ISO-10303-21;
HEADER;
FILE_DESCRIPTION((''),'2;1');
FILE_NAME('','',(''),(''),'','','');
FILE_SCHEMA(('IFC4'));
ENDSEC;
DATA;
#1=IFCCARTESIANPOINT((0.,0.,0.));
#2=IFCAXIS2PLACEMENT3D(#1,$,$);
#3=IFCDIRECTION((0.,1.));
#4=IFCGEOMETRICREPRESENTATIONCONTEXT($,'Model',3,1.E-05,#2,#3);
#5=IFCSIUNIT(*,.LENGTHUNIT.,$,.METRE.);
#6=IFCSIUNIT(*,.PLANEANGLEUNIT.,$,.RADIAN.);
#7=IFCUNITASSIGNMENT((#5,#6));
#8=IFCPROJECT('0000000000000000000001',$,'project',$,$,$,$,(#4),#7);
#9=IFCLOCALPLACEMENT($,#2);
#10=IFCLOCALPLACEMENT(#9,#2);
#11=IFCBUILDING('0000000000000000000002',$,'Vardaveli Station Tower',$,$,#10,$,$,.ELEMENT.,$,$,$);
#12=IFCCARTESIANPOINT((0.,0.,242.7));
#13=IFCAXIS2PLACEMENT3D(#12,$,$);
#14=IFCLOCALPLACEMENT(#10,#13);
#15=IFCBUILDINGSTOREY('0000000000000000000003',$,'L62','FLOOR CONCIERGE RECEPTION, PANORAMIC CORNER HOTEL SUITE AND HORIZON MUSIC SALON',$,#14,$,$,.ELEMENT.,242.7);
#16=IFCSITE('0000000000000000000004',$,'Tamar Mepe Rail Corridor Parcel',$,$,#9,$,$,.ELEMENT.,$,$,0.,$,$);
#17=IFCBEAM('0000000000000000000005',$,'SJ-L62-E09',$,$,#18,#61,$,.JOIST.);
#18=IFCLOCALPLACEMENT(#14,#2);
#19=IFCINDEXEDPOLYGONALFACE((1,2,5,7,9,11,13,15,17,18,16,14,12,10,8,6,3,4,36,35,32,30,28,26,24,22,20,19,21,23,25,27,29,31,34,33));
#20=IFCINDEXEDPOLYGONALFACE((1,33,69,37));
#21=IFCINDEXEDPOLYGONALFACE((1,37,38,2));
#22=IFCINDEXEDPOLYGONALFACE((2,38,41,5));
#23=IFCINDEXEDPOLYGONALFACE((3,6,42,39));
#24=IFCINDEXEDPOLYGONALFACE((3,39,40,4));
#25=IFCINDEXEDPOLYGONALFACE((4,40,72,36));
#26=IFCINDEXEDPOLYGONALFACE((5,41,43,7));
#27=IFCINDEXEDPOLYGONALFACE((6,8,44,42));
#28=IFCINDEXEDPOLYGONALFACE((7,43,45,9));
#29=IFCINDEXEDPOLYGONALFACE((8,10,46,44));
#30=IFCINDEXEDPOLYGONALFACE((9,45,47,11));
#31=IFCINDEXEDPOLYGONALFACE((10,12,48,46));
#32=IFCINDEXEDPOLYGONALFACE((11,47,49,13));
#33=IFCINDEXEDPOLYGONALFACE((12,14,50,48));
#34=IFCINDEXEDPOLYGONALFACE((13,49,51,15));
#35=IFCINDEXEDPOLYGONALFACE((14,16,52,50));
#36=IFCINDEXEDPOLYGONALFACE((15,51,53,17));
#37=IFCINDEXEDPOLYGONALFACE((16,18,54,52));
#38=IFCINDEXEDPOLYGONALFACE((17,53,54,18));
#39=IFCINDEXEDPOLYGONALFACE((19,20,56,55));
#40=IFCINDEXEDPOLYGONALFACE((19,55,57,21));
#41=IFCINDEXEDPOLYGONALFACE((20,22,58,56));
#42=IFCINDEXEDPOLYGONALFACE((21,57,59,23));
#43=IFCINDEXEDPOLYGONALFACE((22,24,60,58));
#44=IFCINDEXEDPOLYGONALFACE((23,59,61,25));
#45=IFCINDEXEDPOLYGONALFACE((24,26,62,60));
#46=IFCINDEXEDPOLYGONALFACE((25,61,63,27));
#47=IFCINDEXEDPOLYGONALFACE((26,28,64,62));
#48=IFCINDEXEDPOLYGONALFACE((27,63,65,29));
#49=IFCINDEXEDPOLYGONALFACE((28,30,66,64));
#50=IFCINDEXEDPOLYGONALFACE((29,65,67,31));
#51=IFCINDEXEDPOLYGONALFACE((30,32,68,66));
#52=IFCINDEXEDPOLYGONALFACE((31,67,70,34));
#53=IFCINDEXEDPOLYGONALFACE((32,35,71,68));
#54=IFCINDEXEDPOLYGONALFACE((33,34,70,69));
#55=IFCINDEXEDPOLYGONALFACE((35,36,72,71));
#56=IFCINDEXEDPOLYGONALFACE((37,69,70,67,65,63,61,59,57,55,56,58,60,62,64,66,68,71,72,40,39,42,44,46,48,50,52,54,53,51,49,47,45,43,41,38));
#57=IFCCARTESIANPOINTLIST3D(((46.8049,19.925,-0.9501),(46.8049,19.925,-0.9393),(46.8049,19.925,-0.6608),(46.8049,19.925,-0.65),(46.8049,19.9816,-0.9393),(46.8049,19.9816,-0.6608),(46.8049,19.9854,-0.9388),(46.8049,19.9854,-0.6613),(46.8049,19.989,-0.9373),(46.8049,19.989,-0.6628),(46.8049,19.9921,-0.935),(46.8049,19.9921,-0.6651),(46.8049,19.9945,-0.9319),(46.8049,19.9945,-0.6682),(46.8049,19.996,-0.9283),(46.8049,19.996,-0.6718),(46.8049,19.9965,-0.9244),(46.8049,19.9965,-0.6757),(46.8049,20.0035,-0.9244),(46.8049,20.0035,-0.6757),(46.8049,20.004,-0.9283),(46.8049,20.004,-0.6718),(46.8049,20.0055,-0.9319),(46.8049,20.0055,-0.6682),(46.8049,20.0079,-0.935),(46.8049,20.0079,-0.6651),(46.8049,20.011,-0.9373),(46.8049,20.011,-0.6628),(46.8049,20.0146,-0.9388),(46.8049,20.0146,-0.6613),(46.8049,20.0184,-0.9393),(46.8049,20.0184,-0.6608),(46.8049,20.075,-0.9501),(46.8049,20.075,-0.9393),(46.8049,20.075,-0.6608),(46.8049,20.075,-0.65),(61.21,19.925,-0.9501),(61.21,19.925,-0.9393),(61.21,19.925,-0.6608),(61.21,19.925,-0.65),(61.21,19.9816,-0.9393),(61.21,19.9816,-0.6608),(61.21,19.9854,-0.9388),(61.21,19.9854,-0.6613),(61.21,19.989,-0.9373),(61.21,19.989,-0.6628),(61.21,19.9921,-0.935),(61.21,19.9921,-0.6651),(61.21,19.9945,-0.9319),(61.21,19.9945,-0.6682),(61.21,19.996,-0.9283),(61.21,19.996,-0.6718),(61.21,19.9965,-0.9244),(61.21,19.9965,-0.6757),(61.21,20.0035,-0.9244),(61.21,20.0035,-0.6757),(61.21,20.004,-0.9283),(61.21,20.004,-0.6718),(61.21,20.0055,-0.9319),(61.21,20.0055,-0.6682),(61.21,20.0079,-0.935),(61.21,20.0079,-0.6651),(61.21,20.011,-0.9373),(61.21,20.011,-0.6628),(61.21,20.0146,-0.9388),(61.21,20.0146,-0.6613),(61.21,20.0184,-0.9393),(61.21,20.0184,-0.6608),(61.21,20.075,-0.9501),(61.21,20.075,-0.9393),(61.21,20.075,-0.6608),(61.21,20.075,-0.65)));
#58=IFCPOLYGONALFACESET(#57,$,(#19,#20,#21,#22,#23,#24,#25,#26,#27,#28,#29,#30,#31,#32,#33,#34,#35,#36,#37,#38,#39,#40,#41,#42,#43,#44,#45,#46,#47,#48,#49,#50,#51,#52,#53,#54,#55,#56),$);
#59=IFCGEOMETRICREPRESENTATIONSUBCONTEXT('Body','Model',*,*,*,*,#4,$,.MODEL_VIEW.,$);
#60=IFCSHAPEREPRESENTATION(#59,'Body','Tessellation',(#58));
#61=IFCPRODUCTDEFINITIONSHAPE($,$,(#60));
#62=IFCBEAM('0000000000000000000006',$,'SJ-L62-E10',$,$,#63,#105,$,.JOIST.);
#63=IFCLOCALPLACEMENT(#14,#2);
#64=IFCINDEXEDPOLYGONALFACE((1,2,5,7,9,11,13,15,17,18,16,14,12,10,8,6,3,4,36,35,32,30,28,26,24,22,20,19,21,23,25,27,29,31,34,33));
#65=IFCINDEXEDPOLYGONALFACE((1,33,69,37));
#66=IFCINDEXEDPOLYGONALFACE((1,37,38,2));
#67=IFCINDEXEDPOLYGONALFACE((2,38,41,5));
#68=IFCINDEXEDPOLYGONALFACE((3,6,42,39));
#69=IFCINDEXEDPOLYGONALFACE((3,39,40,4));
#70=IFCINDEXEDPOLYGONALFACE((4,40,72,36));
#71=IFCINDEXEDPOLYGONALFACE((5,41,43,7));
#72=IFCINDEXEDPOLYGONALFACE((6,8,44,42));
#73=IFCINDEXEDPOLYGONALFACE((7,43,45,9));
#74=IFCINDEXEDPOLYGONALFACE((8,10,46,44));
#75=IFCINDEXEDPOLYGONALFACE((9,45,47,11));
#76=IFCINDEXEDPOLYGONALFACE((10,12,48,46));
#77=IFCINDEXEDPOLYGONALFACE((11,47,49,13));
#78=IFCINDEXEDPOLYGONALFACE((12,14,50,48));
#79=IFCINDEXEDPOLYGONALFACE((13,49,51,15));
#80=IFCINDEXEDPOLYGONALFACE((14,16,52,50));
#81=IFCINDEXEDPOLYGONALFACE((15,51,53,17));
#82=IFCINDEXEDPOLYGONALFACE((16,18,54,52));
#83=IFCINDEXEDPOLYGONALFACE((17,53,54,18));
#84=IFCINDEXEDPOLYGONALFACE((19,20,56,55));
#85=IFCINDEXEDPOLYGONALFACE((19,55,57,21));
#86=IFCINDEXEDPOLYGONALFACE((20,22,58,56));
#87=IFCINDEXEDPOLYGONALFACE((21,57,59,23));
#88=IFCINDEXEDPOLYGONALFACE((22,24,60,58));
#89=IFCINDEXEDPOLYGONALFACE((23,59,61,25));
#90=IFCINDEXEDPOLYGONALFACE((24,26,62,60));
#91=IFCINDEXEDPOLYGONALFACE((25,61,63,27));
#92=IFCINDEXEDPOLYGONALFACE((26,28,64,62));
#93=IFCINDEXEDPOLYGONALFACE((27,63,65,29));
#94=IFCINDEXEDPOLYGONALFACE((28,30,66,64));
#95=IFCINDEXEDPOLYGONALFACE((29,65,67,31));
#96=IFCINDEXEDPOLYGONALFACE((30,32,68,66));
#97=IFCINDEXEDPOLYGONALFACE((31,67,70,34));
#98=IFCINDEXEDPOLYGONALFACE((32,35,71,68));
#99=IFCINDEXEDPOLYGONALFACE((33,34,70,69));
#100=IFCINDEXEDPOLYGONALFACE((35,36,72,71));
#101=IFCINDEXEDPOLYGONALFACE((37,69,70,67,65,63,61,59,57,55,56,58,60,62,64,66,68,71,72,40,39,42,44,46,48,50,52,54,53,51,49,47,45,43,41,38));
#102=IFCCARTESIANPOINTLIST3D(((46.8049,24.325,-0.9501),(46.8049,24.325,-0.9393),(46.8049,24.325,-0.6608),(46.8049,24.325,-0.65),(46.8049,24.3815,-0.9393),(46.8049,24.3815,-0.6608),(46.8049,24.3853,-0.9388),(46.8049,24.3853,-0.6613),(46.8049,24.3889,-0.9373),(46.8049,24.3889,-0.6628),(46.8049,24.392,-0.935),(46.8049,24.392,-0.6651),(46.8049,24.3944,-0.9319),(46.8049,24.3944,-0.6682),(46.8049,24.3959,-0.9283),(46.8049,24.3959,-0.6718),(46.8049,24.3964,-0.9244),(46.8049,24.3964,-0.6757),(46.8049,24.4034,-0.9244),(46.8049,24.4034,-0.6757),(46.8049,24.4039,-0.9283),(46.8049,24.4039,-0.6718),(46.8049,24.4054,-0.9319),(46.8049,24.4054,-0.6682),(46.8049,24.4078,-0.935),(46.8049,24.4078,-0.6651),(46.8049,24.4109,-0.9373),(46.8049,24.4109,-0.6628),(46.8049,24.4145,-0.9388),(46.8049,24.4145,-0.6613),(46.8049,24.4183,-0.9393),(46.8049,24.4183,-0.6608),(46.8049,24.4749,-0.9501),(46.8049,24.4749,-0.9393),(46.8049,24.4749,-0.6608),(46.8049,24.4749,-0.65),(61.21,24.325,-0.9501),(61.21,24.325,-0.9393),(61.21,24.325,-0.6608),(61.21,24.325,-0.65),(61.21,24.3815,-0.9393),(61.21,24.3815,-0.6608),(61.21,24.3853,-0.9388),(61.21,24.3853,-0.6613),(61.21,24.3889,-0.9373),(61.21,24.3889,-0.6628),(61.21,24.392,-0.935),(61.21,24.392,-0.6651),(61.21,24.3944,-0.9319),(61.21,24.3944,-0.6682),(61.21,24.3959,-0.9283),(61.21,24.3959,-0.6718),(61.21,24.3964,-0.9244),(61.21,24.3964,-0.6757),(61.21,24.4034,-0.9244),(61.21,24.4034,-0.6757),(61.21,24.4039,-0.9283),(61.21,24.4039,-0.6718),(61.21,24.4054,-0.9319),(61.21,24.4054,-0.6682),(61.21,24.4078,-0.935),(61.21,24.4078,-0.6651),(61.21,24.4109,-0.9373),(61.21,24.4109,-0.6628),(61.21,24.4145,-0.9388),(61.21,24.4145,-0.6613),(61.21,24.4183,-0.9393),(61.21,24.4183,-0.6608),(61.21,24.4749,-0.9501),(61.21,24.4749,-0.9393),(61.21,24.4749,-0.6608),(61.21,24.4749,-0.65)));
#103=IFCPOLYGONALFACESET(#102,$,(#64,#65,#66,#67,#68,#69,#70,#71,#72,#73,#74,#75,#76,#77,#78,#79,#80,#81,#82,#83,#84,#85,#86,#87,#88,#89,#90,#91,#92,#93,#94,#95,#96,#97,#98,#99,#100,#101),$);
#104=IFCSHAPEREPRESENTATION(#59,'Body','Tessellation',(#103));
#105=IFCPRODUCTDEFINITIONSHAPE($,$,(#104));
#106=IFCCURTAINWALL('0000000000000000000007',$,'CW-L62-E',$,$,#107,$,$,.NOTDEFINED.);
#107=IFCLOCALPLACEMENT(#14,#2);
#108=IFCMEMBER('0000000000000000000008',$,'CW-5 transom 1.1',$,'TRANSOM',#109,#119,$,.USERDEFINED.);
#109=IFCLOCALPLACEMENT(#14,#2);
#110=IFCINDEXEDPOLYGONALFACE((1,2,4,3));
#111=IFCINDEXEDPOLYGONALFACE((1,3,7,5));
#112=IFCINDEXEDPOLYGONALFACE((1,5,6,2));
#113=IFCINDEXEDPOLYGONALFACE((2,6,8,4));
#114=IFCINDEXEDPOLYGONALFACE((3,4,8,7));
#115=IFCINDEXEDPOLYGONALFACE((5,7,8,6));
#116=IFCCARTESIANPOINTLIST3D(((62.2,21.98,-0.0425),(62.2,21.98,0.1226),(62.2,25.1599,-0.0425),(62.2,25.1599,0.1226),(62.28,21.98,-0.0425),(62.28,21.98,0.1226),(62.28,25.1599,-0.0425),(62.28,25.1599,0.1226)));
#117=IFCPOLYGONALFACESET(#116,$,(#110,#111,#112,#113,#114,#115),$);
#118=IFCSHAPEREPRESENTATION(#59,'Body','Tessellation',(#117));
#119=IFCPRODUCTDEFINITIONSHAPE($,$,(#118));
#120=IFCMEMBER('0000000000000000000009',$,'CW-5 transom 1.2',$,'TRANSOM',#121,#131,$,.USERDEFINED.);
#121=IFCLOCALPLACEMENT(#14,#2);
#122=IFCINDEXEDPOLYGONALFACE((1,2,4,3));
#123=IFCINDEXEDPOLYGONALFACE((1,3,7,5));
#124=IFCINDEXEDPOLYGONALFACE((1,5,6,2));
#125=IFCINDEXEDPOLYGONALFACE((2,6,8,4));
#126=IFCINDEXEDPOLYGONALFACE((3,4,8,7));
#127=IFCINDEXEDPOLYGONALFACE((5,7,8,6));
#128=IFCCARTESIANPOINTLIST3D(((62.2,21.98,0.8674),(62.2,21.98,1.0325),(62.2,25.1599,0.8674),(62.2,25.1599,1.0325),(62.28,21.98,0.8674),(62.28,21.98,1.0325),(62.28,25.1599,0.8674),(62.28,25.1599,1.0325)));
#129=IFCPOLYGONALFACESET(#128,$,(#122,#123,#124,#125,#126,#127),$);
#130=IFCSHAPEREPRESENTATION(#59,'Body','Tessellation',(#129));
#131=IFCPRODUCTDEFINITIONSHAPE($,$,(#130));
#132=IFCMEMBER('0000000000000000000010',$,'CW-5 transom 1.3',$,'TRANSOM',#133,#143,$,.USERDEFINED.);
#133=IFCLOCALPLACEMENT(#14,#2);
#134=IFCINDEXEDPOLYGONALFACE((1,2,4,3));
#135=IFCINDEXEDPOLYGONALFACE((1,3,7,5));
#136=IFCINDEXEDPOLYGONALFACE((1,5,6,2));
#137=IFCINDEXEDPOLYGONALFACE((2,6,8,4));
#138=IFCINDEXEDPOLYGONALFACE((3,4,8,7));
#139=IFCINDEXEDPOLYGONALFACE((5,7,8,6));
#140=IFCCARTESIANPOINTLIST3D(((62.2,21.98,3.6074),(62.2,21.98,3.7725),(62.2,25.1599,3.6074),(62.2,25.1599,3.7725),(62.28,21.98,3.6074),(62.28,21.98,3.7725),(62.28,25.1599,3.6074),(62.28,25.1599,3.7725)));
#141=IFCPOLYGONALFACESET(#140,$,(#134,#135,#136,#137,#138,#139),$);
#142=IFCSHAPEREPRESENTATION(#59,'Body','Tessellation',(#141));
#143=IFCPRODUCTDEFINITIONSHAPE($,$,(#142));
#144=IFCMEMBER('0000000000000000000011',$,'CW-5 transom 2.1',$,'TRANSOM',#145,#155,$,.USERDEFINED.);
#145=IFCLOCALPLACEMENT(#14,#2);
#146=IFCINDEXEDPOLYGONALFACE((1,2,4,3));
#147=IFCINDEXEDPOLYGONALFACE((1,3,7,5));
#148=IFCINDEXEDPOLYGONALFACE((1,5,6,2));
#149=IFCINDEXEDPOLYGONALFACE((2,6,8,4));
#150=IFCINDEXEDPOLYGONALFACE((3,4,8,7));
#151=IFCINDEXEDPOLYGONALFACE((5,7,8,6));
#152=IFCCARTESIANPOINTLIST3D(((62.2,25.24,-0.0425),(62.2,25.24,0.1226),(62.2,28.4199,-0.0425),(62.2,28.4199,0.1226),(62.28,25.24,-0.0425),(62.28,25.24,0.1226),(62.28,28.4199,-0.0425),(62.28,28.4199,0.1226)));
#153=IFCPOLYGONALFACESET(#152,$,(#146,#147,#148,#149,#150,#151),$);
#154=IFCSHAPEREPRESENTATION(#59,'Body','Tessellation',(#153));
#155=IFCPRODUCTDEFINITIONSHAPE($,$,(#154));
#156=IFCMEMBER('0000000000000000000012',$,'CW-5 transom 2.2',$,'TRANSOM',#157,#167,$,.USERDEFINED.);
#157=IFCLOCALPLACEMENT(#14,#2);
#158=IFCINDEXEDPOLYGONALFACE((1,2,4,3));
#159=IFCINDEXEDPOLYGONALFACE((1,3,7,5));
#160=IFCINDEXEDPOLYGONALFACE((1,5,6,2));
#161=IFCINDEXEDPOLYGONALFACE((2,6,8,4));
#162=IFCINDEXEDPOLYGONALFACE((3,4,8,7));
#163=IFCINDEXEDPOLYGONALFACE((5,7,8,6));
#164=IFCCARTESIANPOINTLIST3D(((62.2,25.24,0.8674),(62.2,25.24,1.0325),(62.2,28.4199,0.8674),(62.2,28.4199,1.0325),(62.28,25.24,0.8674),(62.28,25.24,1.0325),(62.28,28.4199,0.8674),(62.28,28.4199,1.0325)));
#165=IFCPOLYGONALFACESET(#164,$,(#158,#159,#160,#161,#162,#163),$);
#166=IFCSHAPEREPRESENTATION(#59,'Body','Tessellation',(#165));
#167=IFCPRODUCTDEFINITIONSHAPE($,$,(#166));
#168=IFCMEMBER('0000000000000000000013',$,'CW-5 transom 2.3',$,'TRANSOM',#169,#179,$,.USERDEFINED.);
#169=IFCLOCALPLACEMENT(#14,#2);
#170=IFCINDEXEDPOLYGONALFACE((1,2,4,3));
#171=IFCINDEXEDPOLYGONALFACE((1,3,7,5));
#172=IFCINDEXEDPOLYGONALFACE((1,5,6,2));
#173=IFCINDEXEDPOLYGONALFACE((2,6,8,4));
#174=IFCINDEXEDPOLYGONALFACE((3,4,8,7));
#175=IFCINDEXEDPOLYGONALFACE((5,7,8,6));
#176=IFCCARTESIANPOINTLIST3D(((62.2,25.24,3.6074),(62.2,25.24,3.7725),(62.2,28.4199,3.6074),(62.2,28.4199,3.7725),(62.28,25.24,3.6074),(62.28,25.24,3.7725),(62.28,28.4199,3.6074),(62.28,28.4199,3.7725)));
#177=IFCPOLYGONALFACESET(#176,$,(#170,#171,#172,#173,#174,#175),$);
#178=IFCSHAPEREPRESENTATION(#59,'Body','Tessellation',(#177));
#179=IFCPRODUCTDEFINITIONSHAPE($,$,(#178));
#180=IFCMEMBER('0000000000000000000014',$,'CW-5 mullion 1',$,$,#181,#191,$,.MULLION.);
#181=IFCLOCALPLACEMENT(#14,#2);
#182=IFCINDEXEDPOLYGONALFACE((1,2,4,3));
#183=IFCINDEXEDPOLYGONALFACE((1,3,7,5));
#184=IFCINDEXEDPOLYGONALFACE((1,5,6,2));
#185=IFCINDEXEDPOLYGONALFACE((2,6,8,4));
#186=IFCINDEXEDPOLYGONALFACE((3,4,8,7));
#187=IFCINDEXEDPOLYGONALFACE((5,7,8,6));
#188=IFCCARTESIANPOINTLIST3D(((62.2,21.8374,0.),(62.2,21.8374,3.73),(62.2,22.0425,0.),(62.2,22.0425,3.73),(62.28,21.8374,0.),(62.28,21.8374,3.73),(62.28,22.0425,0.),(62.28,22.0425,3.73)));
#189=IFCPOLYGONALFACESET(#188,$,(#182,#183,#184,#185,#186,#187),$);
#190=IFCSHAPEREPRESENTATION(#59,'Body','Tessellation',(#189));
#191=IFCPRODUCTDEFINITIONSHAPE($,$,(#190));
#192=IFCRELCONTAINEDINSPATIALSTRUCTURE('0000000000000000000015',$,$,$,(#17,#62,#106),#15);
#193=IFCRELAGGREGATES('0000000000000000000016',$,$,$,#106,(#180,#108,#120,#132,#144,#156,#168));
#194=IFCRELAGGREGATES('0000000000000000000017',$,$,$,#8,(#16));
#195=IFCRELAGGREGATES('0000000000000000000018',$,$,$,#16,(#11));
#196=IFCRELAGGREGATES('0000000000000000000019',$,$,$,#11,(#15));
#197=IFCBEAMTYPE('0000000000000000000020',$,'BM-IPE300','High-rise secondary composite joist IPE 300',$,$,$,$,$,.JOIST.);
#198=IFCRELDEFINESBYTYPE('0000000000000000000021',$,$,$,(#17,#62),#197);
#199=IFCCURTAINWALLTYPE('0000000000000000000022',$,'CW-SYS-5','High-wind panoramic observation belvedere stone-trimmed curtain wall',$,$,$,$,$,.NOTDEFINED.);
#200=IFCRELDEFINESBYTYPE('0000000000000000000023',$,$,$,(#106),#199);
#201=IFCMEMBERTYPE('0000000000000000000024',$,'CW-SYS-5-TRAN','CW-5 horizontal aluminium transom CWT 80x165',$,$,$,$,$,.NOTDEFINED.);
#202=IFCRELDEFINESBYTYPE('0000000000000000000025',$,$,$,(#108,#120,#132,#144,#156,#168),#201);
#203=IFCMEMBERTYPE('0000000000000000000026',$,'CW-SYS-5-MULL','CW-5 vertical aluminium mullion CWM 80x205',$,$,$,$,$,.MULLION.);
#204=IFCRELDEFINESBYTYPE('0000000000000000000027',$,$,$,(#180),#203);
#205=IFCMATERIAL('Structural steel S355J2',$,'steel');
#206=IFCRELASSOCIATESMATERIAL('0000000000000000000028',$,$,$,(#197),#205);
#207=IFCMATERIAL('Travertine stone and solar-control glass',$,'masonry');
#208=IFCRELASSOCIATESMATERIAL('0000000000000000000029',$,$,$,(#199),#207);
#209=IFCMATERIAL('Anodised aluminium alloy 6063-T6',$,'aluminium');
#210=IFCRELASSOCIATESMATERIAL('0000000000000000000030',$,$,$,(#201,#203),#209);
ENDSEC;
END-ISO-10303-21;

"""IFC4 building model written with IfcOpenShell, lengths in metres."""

from ifc_helpers import new_model, si_unit, direction, frame, origin, origin_2d, place, context, subcontext, project, spatial, rectangle, i_section, extrude, source, transform, mapped, material, material_profile, profile_set, type_object, element, aggregate, save


model = new_model("IFC4")

# Units and contexts
model_context = context("Model", 3, precision=1e-05, world=origin(), true_north=direction((0.0, 1.0)))
body_context = subcontext(model_context, "Body", "Model", "MODEL_VIEW")
ifc_project = project(units=[si_unit("LENGTHUNIT", "METRE"), si_unit("PLANEANGLEUNIT", "RADIAN")], contexts=[model_context])

# Site, building, storey
site_placement = place(None, origin())
site = spatial("IfcSite", under=ifc_project, at=site_placement, Name="Tamar Mepe Rail Corridor Parcel", CompositionType="ELEMENT", RefElevation=0.0)
building_placement = place(site_placement, origin())
building = spatial("IfcBuilding", under=site, at=building_placement, Name="Vardaveli Station Tower", CompositionType="ELEMENT")
storey_placement = place(building_placement, frame((0.0, 0.0, 242.7)))
storey = spatial("IfcBuildingStorey", under=building, at=storey_placement, Name="L62", Description="FLOOR CONCIERGE RECEPTION, PANORAMIC CORNER HOTEL SUITE AND HORIZON MUSIC SALON", CompositionType="ELEMENT", Elevation=242.7)

# Beams
ifc_material_1 = material(Name="Structural steel S355J2", Category="steel")
ifc_material_profile_1 = material_profile(ifc_material_1, i_section(OverallWidth=0.1499, OverallDepth=0.3, WebThickness=0.0071, FlangeThickness=0.0107, FilletRadius=0.0149, at=origin_2d()), Name="IPE 300")
ifc_profile_set_1 = profile_set([ifc_material_profile_1], Name="Structural steel S355J2")
beam_type_1 = type_object("IfcBeamType", Name="BM-IPE300", Description="High-rise secondary composite joist IPE 300", PredefinedType="JOIST", material=ifc_profile_set_1)
shared_shape_1 = source(origin(), body_context, "Body", "SweptSolid", [
    extrude(i_section(OverallWidth=0.1499, OverallDepth=0.3, WebThickness=0.0071, FlangeThickness=0.0107, FilletRadius=0.0149, at=origin_2d()), origin(), (0.0, 0.0, 1.0), 14.405),
])
for number, where, z_axis, x_axis, name in (
    (1, (46.8049, 20.0, -0.8), (1.0, 0.0, 0.0), (0.0, 1.0, 0.0), "SJ-L62-E09"),
    (2, (46.8049, 24.3999, -0.8), (1.0, 0.0, 0.0), (0.0, 1.0, 0.0), "SJ-L62-E10"),
):
    element("IfcBeam", number, at=place(storey_placement, frame(where, z_axis=z_axis, x_axis=x_axis)), inside=storey, type_object=beam_type_1, Name=name, PredefinedType="JOIST", context=body_context, shape_type="MappedRepresentation", body=[
        mapped(shared_shape_1, transform((0.0, 0.0, 0.0), scale=1.0)),
    ])

# Curtain wall, members
ifc_material_2 = material(Name="Travertine stone and solar-control glass", Category="masonry")
curtain_wall_type = type_object("IfcCurtainWallType", Name="CW-SYS-5", Description="High-wind panoramic observation belvedere stone-trimmed curtain wall", PredefinedType="NOTDEFINED", material=ifc_material_2)
curtain_wall_placement = place(storey_placement, origin())
curtain_wall = element("IfcCurtainWall", 3, at=curtain_wall_placement, inside=storey, type_object=curtain_wall_type, Name="CW-L62-E", PredefinedType="NOTDEFINED")
ifc_material_3 = material(Name="Anodised aluminium alloy 6063-T6", Category="aluminium")
ifc_material_profile_2 = material_profile(ifc_material_3, rectangle(XDim=0.0801, YDim=0.165, at=origin_2d()), Name="CWT 80x165")
ifc_profile_set_2 = profile_set([ifc_material_profile_2], Name="Anodised aluminium alloy 6063-T6")
member_type_1 = type_object("IfcMemberType", Name="CW-SYS-5-TRAN", Description="CW-5 horizontal aluminium transom CWT 80x165", PredefinedType="NOTDEFINED", material=ifc_profile_set_2)
shared_shape_2 = source(origin(), body_context, "Body", "SweptSolid", [
    extrude(rectangle(XDim=0.0801, YDim=0.165, at=origin_2d()), origin(), (0.0, 0.0, 1.0), 3.1799),
])
member_1_placement = place(storey_placement, frame((62.24, 21.98, 0.04), z_axis=(0.0, 1.0, 0.0), x_axis=(-1.0, 0.0, 0.0)))
member_1 = element("IfcMember", 4, at=member_1_placement, type_object=member_type_1, Name="CW-5 transom 1.1", ObjectType="TRANSOM", PredefinedType="USERDEFINED", context=body_context, shape_type="MappedRepresentation", body=[
    mapped(shared_shape_2, transform((0.0, 0.0, 0.0), scale=1.0)),
])
member_2_placement = place(storey_placement, frame((62.24, 21.98, 0.95), z_axis=(0.0, 1.0, 0.0), x_axis=(-1.0, 0.0, 0.0)))
member_2 = element("IfcMember", 5, at=member_2_placement, type_object=member_type_1, Name="CW-5 transom 1.2", ObjectType="TRANSOM", PredefinedType="USERDEFINED", context=body_context, shape_type="MappedRepresentation", body=[
    mapped(shared_shape_2, transform((0.0, 0.0, 0.0), scale=1.0)),
])
member_3_placement = place(storey_placement, frame((62.24, 21.98, 3.6899), z_axis=(0.0, 1.0, 0.0), x_axis=(-1.0, 0.0, 0.0)))
member_3 = element("IfcMember", 6, at=member_3_placement, type_object=member_type_1, Name="CW-5 transom 1.3", ObjectType="TRANSOM", PredefinedType="USERDEFINED", context=body_context, shape_type="MappedRepresentation", body=[
    mapped(shared_shape_2, transform((0.0, 0.0, 0.0), scale=1.0)),
])
member_4_placement = place(storey_placement, frame((62.24, 25.24, 0.04), z_axis=(0.0, 1.0, 0.0), x_axis=(-1.0, 0.0, 0.0)))
member_4 = element("IfcMember", 7, at=member_4_placement, type_object=member_type_1, Name="CW-5 transom 2.1", ObjectType="TRANSOM", PredefinedType="USERDEFINED", context=body_context, shape_type="MappedRepresentation", body=[
    mapped(shared_shape_2, transform((0.0, 0.0, 0.0), scale=1.0)),
])
member_5_placement = place(storey_placement, frame((62.24, 25.24, 0.95), z_axis=(0.0, 1.0, 0.0), x_axis=(-1.0, 0.0, 0.0)))
member_5 = element("IfcMember", 8, at=member_5_placement, type_object=member_type_1, Name="CW-5 transom 2.2", ObjectType="TRANSOM", PredefinedType="USERDEFINED", context=body_context, shape_type="MappedRepresentation", body=[
    mapped(shared_shape_2, transform((0.0, 0.0, 0.0), scale=1.0)),
])
member_6_placement = place(storey_placement, frame((62.24, 25.24, 3.6899), z_axis=(0.0, 1.0, 0.0), x_axis=(-1.0, 0.0, 0.0)))
member_6 = element("IfcMember", 9, at=member_6_placement, type_object=member_type_1, Name="CW-5 transom 2.3", ObjectType="TRANSOM", PredefinedType="USERDEFINED", context=body_context, shape_type="MappedRepresentation", body=[
    mapped(shared_shape_2, transform((0.0, 0.0, 0.0), scale=1.0)),
])
ifc_material_profile_3 = material_profile(ifc_material_3, rectangle(XDim=0.0801, YDim=0.2051, at=origin_2d()), Name="CWM 80x205")
ifc_profile_set_3 = profile_set([ifc_material_profile_3], Name="Anodised aluminium alloy 6063-T6")
member_type_2 = type_object("IfcMemberType", Name="CW-SYS-5-MULL", Description="CW-5 vertical aluminium mullion CWM 80x205", PredefinedType="MULLION", material=ifc_profile_set_3)
shared_shape_3 = source(origin(), body_context, "Body", "SweptSolid", [
    extrude(rectangle(XDim=0.0801, YDim=0.2051, at=origin_2d()), origin(), (0.0, 0.0, 1.0), 3.73),
])
member_7_placement = place(storey_placement, frame((62.24, 21.9399, 0.0), z_axis=(0.0, 0.0, 1.0), x_axis=(-1.0, 0.0, 0.0)))
member_7 = element("IfcMember", 10, at=member_7_placement, type_object=member_type_2, Name="CW-5 mullion 1", PredefinedType="MULLION", context=body_context, shape_type="MappedRepresentation", body=[
    mapped(shared_shape_3, transform((0.0, 0.0, 0.0), scale=1.0)),
])
aggregate(curtain_wall, [member_7, member_1, member_2, member_3, member_4, member_5, member_6])

save(model, "model.ifc")
